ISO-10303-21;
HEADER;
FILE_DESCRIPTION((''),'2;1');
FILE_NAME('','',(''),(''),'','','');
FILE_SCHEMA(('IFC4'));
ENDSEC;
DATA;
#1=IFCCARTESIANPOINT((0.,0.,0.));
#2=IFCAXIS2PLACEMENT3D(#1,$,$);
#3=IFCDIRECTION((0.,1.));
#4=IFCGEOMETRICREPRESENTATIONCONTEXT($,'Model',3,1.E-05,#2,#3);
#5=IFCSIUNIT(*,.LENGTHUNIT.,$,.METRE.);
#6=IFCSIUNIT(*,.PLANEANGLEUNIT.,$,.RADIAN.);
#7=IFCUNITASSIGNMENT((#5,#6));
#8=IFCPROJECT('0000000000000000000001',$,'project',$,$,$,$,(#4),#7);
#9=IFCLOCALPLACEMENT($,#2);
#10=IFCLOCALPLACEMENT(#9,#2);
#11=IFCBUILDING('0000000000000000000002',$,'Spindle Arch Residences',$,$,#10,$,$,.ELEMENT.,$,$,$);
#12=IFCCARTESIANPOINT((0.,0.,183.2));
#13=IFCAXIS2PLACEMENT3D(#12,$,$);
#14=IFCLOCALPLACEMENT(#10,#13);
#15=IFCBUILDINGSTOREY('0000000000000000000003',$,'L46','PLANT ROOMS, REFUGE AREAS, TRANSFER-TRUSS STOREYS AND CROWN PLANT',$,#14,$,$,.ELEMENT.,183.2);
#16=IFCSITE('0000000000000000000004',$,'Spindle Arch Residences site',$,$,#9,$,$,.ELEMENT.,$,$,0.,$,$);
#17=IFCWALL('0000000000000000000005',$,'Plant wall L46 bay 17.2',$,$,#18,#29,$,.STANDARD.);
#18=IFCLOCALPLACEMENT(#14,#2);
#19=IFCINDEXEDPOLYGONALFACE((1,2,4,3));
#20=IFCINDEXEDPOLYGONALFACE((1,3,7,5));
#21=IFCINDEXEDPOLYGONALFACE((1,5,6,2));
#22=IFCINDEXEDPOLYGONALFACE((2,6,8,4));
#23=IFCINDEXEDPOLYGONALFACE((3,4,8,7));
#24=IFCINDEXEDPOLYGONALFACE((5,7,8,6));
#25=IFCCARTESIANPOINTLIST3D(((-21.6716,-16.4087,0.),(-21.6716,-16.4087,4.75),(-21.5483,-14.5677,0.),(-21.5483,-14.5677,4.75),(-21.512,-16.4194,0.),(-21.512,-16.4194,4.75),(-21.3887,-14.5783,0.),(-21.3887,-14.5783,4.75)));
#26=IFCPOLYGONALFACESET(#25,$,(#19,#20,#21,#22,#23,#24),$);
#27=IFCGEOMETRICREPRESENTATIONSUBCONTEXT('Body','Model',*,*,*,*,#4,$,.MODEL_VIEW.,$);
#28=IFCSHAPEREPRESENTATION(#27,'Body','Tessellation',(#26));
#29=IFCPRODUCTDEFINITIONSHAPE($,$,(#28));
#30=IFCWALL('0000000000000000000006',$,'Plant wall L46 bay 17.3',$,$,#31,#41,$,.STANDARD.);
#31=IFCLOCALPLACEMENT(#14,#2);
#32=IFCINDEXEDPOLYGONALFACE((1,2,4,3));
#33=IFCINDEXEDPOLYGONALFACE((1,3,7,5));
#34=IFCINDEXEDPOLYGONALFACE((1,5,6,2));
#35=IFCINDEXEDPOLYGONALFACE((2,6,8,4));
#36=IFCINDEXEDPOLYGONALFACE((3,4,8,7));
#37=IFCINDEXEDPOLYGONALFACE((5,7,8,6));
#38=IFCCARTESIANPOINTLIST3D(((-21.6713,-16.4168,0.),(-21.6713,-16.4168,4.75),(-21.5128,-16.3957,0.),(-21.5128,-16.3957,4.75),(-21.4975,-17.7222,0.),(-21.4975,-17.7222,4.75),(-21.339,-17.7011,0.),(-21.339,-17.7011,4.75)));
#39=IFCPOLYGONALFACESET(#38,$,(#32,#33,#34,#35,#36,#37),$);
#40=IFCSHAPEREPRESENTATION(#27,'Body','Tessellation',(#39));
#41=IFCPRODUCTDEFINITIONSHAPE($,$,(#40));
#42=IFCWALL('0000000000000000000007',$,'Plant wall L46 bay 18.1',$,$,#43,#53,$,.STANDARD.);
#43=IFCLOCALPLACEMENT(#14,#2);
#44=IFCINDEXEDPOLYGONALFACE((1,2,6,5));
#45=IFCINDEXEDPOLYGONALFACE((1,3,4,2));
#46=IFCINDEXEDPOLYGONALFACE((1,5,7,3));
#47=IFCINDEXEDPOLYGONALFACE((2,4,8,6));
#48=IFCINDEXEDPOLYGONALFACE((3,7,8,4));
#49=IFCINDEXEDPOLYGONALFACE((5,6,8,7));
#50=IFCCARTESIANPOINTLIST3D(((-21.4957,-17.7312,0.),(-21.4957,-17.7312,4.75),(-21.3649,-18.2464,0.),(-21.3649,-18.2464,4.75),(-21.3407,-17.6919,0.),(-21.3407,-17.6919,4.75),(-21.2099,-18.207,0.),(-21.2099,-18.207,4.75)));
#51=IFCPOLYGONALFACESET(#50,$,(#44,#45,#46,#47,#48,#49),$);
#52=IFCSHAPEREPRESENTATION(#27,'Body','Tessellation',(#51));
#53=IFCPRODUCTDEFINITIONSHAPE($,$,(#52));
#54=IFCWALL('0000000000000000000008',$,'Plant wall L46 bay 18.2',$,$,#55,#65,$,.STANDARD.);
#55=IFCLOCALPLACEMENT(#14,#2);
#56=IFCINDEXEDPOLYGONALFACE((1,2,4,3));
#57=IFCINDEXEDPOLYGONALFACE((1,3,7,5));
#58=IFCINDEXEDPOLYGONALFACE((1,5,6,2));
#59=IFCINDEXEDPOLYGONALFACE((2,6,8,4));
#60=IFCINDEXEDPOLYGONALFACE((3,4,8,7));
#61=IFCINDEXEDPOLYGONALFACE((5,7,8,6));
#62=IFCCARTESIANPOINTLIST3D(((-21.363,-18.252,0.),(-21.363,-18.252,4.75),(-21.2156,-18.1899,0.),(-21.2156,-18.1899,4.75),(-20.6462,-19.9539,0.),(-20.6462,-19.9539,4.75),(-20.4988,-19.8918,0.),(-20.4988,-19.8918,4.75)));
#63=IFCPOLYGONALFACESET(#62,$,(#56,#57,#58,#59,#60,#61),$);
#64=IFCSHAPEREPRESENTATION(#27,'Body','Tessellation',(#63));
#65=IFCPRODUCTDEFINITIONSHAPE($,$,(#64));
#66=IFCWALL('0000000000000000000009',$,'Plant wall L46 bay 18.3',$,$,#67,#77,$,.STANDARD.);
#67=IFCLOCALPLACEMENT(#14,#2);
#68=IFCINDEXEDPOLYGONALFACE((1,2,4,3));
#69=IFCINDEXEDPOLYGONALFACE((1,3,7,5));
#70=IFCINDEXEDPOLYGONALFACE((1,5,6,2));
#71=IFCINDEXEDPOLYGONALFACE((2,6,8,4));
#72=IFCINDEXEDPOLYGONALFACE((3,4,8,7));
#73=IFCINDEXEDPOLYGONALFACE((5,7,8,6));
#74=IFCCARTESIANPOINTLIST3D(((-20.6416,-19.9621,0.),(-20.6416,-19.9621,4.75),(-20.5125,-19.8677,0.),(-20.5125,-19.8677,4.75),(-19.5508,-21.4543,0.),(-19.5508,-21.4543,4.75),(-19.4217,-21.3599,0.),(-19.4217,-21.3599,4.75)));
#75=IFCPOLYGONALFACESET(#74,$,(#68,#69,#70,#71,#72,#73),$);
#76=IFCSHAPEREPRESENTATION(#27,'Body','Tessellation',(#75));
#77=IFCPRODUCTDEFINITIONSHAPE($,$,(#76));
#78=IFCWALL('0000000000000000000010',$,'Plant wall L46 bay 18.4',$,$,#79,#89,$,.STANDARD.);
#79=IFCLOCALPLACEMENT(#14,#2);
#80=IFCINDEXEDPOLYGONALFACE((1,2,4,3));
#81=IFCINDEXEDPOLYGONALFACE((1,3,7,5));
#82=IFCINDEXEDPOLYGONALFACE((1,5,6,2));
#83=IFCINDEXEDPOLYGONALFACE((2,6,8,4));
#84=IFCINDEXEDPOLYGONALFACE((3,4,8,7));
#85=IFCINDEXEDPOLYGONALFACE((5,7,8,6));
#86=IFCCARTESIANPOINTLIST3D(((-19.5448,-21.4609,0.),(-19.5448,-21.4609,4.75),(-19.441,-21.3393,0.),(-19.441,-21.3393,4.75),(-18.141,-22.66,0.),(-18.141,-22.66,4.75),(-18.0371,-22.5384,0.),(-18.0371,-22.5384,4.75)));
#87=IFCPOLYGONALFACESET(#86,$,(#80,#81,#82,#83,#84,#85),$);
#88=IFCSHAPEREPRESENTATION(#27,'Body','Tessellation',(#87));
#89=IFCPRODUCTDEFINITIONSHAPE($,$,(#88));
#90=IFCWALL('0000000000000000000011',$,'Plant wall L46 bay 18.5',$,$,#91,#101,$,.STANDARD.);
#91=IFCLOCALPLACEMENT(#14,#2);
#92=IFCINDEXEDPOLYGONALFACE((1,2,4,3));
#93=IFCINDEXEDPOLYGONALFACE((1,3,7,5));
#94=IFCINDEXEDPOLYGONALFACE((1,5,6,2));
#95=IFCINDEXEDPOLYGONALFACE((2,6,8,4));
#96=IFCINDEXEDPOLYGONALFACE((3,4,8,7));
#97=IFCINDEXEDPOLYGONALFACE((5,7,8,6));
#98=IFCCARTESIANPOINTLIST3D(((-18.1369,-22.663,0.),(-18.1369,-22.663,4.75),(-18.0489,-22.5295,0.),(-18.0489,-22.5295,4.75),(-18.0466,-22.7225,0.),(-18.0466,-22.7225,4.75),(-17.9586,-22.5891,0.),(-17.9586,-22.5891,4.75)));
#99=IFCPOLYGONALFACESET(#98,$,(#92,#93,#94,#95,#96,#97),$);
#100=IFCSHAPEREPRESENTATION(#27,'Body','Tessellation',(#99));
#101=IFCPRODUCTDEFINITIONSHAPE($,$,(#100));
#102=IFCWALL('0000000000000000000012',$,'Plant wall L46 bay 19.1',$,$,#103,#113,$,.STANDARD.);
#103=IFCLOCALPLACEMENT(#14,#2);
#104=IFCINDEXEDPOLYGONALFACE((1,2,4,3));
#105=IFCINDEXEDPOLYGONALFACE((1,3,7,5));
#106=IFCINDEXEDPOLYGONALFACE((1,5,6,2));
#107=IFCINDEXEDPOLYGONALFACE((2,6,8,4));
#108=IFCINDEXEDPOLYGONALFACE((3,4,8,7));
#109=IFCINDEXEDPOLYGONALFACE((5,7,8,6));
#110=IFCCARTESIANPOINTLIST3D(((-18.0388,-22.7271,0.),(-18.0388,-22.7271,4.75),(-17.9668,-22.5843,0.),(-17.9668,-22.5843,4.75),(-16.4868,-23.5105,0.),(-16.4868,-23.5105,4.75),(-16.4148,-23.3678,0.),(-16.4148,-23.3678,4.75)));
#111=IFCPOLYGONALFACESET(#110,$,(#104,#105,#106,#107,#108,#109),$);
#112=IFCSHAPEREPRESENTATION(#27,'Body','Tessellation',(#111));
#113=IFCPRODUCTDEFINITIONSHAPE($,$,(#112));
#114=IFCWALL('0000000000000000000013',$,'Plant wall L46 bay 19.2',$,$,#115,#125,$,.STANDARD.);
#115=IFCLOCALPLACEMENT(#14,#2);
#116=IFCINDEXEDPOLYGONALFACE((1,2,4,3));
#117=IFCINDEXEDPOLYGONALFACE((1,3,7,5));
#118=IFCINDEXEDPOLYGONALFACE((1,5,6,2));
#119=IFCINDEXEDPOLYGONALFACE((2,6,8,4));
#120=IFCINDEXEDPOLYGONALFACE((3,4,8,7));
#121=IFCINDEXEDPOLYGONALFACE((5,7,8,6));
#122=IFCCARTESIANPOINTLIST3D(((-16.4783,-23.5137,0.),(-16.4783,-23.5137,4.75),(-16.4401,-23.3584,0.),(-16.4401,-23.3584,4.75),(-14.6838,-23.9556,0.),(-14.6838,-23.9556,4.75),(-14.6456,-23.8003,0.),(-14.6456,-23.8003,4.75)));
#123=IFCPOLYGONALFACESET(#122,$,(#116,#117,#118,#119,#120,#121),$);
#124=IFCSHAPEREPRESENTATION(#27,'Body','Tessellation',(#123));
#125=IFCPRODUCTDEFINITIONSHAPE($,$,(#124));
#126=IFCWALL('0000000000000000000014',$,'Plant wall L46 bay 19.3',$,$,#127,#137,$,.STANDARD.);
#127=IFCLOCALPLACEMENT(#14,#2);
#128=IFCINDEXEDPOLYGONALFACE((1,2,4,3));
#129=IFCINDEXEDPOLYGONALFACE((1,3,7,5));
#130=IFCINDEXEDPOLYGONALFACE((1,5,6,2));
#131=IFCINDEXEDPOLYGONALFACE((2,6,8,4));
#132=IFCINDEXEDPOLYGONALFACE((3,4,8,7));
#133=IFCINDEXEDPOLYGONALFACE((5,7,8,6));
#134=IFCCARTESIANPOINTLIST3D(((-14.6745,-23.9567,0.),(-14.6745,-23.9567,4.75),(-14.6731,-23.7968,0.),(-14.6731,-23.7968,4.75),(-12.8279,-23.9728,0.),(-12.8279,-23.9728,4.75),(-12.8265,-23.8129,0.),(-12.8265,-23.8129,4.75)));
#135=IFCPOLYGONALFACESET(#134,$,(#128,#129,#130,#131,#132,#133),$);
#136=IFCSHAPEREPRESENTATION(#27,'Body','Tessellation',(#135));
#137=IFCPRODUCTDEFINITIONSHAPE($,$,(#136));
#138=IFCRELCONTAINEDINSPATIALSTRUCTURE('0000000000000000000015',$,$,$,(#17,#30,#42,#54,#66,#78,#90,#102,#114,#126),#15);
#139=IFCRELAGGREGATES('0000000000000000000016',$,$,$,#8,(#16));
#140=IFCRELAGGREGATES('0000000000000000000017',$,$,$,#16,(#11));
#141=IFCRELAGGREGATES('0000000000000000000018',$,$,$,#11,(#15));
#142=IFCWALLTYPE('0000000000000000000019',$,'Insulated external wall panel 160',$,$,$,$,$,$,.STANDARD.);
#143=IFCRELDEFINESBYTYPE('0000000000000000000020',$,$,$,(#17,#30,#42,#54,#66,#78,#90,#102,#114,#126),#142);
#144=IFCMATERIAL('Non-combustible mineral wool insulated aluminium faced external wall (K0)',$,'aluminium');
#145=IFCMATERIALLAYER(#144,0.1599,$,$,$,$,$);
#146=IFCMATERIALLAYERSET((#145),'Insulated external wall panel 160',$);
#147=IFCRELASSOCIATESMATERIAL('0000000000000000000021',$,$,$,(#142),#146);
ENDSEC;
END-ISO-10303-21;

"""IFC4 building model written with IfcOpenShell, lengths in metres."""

from ifc_helpers import new_model, si_unit, direction, frame, frame_2d, origin, place, context, subcontext, project, spatial, rectangle, extrude, material, layer, layer_set, type_object, element, save


model = new_model("IFC4")

# Units and contexts
model_context = context("Model", 3, precision=1e-05, world=origin(), true_north=direction((0.0, 1.0)))
body_context = subcontext(model_context, "Body", "Model", "MODEL_VIEW")
ifc_project = project(units=[si_unit("LENGTHUNIT", "METRE"), si_unit("PLANEANGLEUNIT", "RADIAN")], contexts=[model_context])

# Site, building, storey
site_placement = place(None, origin())
site = spatial("IfcSite", under=ifc_project, at=site_placement, Name="Spindle Arch Residences site", CompositionType="ELEMENT", RefElevation=0.0)
building_placement = place(site_placement, origin())
building = spatial("IfcBuilding", under=site, at=building_placement, Name="Spindle Arch Residences", CompositionType="ELEMENT")
storey_placement = place(building_placement, frame((0.0, 0.0, 183.2)))
storey = spatial("IfcBuildingStorey", under=building, at=storey_placement, Name="L46", Description="PLANT ROOMS, REFUGE AREAS, TRANSFER-TRUSS STOREYS AND CROWN PLANT", CompositionType="ELEMENT", Elevation=183.2)

# Walls
ifc_material_1 = material(Name="Non-combustible mineral wool insulated aluminium faced external wall (K0)", Category="aluminium")
ifc_layer = layer(ifc_material_1, 0.1599)
ifc_layer_set = layer_set([ifc_layer], Name="Insulated external wall panel 160")
wall_type = type_object("IfcWallType", Name="Insulated external wall panel 160", PredefinedType="STANDARD", material=ifc_layer_set)
wall_1_placement = place(storey_placement, frame((-21.4685, -14.573, 0.0), z_axis=(0.0, 0.0, 1.0), x_axis=(-0.066818, -0.997765, 0.0)))
element("IfcWall", 1, at=wall_1_placement, inside=storey, type_object=wall_type, Name="Plant wall L46 bay 17.2", PredefinedType="STANDARD", context=body_context, shape_type="SweptSolid", body=[
    extrude(rectangle(XDim=1.8452, YDim=0.1599, at=frame_2d((0.9226, 0.0))), origin(), (0.0, 0.0, 1.0), 4.75),
])
wall_2_placement = place(storey_placement, frame((-21.592, -16.4062, 0.0), z_axis=(0.0, 0.0, 1.0), x_axis=(0.131994, -0.991251, 0.0)))
element("IfcWall", 2, at=wall_2_placement, inside=storey, type_object=wall_type, Name="Plant wall L46 bay 17.3", PredefinedType="STANDARD", context=body_context, shape_type="SweptSolid", body=[
    extrude(rectangle(XDim=1.3169, YDim=0.1599, at=frame_2d((0.6584, 0.0))), origin(), (0.0, 0.0, 1.0), 4.75),
])
wall_3_placement = place(storey_placement, frame((-21.4182, -17.7117, 0.0), z_axis=(0.0, 0.0, 1.0), x_axis=(0.246209, -0.969217, 0.0)))
element("IfcWall", 3, at=wall_3_placement, inside=storey, type_object=wall_type, Name="Plant wall L46 bay 18.1", PredefinedType="STANDARD", context=body_context, shape_type="SweptSolid", body=[
    extrude(rectangle(XDim=0.5315, YDim=0.1599, at=frame_2d((0.2656, 0.0))), origin(), (0.0, 0.0, 1.0), 4.75),
])
wall_4_placement = place(storey_placement, frame((-21.2893, -18.2209, 0.0), z_axis=(0.0, 0.0, 1.0), x_axis=(0.388152, -0.921596, 0.0)))
element("IfcWall", 4, at=wall_4_placement, inside=storey, type_object=wall_type, Name="Plant wall L46 bay 18.2", PredefinedType="STANDARD", context=body_context, shape_type="SweptSolid", body=[
    extrude(rectangle(XDim=1.8467, YDim=0.1599, at=frame_2d((0.9233, 0.0))), origin(), (0.0, 0.0, 1.0), 4.75),
])
wall_5_placement = place(storey_placement, frame((-20.5771, -19.9148, 0.0), z_axis=(0.0, 0.0, 1.0), x_axis=(0.590149, -0.807294, 0.0)))
element("IfcWall", 5, at=wall_5_placement, inside=storey, type_object=wall_type, Name="Plant wall L46 bay 18.3", PredefinedType="STANDARD", context=body_context, shape_type="SweptSolid", body=[
    extrude(rectangle(XDim=1.8484, YDim=0.1599, at=frame_2d((0.9243, 0.0))), origin(), (0.0, 0.0, 1.0), 4.75),
])
wall_6_placement = place(storey_placement, frame((-19.4929, -21.4001, 0.0), z_axis=(0.0, 0.0, 1.0), x_axis=(0.760404, -0.649451, 0.0)))
element("IfcWall", 6, at=wall_6_placement, inside=storey, type_object=wall_type, Name="Plant wall L46 bay 18.4", PredefinedType="STANDARD", context=body_context, shape_type="SweptSolid", body=[
    extrude(rectangle(XDim=1.8462, YDim=0.1599, at=frame_2d((0.9231, 0.0))), origin(), (0.0, 0.0, 1.0), 4.75),
])
wall_7_placement = place(storey_placement, frame((-18.093, -22.5962, 0.0), z_axis=(0.0, 0.0, 1.0), x_axis=(0.834817, -0.550528, 0.0)))
element("IfcWall", 7, at=wall_7_placement, inside=storey, type_object=wall_type, Name="Plant wall L46 bay 18.5", PredefinedType="STANDARD", context=body_context, shape_type="SweptSolid", body=[
    extrude(rectangle(XDim=0.1082, YDim=0.1599, at=frame_2d((0.0542, 0.0))), origin(), (0.0, 0.0, 1.0), 4.75),
])
wall_8_placement = place(storey_placement, frame((-18.0027, -22.6558, 0.0), z_axis=(0.0, 0.0, 1.0), x_axis=(0.892707, -0.450637, 0.0)))
element("IfcWall", 8, at=wall_8_placement, inside=storey, type_object=wall_type, Name="Plant wall L46 bay 19.1", PredefinedType="STANDARD", context=body_context, shape_type="SweptSolid", body=[
    extrude(rectangle(XDim=1.7385, YDim=0.1599, at=frame_2d((0.8691, 0.0))), origin(), (0.0, 0.0, 1.0), 4.75),
])
wall_9_placement = place(storey_placement, frame((-16.4592, -23.436, 0.0), z_axis=(0.0, 0.0, 1.0), x_axis=(0.970991, -0.239115, 0.0)))
element("IfcWall", 9, at=wall_9_placement, inside=storey, type_object=wall_type, Name="Plant wall L46 bay 19.2", PredefinedType="STANDARD", context=body_context, shape_type="SweptSolid", body=[
    extrude(rectangle(XDim=1.8481, YDim=0.1599, at=frame_2d((0.9241, 0.0))), origin(), (0.0, 0.0, 1.0), 4.75),
])
wall_10_placement = place(storey_placement, frame((-14.6738, -23.8767, 0.0), z_axis=(0.0, 0.0, 1.0), x_axis=(0.999962, -0.008725, 0.0)))
element("IfcWall", 10, at=wall_10_placement, inside=storey, type_object=wall_type, Name="Plant wall L46 bay 19.3", PredefinedType="STANDARD", context=body_context, shape_type="SweptSolid", body=[
    extrude(rectangle(XDim=1.8467, YDim=0.1599, at=frame_2d((0.9233, 0.0))), origin(), (0.0, 0.0, 1.0), 4.75),
])

save(model, "model.ifc")
